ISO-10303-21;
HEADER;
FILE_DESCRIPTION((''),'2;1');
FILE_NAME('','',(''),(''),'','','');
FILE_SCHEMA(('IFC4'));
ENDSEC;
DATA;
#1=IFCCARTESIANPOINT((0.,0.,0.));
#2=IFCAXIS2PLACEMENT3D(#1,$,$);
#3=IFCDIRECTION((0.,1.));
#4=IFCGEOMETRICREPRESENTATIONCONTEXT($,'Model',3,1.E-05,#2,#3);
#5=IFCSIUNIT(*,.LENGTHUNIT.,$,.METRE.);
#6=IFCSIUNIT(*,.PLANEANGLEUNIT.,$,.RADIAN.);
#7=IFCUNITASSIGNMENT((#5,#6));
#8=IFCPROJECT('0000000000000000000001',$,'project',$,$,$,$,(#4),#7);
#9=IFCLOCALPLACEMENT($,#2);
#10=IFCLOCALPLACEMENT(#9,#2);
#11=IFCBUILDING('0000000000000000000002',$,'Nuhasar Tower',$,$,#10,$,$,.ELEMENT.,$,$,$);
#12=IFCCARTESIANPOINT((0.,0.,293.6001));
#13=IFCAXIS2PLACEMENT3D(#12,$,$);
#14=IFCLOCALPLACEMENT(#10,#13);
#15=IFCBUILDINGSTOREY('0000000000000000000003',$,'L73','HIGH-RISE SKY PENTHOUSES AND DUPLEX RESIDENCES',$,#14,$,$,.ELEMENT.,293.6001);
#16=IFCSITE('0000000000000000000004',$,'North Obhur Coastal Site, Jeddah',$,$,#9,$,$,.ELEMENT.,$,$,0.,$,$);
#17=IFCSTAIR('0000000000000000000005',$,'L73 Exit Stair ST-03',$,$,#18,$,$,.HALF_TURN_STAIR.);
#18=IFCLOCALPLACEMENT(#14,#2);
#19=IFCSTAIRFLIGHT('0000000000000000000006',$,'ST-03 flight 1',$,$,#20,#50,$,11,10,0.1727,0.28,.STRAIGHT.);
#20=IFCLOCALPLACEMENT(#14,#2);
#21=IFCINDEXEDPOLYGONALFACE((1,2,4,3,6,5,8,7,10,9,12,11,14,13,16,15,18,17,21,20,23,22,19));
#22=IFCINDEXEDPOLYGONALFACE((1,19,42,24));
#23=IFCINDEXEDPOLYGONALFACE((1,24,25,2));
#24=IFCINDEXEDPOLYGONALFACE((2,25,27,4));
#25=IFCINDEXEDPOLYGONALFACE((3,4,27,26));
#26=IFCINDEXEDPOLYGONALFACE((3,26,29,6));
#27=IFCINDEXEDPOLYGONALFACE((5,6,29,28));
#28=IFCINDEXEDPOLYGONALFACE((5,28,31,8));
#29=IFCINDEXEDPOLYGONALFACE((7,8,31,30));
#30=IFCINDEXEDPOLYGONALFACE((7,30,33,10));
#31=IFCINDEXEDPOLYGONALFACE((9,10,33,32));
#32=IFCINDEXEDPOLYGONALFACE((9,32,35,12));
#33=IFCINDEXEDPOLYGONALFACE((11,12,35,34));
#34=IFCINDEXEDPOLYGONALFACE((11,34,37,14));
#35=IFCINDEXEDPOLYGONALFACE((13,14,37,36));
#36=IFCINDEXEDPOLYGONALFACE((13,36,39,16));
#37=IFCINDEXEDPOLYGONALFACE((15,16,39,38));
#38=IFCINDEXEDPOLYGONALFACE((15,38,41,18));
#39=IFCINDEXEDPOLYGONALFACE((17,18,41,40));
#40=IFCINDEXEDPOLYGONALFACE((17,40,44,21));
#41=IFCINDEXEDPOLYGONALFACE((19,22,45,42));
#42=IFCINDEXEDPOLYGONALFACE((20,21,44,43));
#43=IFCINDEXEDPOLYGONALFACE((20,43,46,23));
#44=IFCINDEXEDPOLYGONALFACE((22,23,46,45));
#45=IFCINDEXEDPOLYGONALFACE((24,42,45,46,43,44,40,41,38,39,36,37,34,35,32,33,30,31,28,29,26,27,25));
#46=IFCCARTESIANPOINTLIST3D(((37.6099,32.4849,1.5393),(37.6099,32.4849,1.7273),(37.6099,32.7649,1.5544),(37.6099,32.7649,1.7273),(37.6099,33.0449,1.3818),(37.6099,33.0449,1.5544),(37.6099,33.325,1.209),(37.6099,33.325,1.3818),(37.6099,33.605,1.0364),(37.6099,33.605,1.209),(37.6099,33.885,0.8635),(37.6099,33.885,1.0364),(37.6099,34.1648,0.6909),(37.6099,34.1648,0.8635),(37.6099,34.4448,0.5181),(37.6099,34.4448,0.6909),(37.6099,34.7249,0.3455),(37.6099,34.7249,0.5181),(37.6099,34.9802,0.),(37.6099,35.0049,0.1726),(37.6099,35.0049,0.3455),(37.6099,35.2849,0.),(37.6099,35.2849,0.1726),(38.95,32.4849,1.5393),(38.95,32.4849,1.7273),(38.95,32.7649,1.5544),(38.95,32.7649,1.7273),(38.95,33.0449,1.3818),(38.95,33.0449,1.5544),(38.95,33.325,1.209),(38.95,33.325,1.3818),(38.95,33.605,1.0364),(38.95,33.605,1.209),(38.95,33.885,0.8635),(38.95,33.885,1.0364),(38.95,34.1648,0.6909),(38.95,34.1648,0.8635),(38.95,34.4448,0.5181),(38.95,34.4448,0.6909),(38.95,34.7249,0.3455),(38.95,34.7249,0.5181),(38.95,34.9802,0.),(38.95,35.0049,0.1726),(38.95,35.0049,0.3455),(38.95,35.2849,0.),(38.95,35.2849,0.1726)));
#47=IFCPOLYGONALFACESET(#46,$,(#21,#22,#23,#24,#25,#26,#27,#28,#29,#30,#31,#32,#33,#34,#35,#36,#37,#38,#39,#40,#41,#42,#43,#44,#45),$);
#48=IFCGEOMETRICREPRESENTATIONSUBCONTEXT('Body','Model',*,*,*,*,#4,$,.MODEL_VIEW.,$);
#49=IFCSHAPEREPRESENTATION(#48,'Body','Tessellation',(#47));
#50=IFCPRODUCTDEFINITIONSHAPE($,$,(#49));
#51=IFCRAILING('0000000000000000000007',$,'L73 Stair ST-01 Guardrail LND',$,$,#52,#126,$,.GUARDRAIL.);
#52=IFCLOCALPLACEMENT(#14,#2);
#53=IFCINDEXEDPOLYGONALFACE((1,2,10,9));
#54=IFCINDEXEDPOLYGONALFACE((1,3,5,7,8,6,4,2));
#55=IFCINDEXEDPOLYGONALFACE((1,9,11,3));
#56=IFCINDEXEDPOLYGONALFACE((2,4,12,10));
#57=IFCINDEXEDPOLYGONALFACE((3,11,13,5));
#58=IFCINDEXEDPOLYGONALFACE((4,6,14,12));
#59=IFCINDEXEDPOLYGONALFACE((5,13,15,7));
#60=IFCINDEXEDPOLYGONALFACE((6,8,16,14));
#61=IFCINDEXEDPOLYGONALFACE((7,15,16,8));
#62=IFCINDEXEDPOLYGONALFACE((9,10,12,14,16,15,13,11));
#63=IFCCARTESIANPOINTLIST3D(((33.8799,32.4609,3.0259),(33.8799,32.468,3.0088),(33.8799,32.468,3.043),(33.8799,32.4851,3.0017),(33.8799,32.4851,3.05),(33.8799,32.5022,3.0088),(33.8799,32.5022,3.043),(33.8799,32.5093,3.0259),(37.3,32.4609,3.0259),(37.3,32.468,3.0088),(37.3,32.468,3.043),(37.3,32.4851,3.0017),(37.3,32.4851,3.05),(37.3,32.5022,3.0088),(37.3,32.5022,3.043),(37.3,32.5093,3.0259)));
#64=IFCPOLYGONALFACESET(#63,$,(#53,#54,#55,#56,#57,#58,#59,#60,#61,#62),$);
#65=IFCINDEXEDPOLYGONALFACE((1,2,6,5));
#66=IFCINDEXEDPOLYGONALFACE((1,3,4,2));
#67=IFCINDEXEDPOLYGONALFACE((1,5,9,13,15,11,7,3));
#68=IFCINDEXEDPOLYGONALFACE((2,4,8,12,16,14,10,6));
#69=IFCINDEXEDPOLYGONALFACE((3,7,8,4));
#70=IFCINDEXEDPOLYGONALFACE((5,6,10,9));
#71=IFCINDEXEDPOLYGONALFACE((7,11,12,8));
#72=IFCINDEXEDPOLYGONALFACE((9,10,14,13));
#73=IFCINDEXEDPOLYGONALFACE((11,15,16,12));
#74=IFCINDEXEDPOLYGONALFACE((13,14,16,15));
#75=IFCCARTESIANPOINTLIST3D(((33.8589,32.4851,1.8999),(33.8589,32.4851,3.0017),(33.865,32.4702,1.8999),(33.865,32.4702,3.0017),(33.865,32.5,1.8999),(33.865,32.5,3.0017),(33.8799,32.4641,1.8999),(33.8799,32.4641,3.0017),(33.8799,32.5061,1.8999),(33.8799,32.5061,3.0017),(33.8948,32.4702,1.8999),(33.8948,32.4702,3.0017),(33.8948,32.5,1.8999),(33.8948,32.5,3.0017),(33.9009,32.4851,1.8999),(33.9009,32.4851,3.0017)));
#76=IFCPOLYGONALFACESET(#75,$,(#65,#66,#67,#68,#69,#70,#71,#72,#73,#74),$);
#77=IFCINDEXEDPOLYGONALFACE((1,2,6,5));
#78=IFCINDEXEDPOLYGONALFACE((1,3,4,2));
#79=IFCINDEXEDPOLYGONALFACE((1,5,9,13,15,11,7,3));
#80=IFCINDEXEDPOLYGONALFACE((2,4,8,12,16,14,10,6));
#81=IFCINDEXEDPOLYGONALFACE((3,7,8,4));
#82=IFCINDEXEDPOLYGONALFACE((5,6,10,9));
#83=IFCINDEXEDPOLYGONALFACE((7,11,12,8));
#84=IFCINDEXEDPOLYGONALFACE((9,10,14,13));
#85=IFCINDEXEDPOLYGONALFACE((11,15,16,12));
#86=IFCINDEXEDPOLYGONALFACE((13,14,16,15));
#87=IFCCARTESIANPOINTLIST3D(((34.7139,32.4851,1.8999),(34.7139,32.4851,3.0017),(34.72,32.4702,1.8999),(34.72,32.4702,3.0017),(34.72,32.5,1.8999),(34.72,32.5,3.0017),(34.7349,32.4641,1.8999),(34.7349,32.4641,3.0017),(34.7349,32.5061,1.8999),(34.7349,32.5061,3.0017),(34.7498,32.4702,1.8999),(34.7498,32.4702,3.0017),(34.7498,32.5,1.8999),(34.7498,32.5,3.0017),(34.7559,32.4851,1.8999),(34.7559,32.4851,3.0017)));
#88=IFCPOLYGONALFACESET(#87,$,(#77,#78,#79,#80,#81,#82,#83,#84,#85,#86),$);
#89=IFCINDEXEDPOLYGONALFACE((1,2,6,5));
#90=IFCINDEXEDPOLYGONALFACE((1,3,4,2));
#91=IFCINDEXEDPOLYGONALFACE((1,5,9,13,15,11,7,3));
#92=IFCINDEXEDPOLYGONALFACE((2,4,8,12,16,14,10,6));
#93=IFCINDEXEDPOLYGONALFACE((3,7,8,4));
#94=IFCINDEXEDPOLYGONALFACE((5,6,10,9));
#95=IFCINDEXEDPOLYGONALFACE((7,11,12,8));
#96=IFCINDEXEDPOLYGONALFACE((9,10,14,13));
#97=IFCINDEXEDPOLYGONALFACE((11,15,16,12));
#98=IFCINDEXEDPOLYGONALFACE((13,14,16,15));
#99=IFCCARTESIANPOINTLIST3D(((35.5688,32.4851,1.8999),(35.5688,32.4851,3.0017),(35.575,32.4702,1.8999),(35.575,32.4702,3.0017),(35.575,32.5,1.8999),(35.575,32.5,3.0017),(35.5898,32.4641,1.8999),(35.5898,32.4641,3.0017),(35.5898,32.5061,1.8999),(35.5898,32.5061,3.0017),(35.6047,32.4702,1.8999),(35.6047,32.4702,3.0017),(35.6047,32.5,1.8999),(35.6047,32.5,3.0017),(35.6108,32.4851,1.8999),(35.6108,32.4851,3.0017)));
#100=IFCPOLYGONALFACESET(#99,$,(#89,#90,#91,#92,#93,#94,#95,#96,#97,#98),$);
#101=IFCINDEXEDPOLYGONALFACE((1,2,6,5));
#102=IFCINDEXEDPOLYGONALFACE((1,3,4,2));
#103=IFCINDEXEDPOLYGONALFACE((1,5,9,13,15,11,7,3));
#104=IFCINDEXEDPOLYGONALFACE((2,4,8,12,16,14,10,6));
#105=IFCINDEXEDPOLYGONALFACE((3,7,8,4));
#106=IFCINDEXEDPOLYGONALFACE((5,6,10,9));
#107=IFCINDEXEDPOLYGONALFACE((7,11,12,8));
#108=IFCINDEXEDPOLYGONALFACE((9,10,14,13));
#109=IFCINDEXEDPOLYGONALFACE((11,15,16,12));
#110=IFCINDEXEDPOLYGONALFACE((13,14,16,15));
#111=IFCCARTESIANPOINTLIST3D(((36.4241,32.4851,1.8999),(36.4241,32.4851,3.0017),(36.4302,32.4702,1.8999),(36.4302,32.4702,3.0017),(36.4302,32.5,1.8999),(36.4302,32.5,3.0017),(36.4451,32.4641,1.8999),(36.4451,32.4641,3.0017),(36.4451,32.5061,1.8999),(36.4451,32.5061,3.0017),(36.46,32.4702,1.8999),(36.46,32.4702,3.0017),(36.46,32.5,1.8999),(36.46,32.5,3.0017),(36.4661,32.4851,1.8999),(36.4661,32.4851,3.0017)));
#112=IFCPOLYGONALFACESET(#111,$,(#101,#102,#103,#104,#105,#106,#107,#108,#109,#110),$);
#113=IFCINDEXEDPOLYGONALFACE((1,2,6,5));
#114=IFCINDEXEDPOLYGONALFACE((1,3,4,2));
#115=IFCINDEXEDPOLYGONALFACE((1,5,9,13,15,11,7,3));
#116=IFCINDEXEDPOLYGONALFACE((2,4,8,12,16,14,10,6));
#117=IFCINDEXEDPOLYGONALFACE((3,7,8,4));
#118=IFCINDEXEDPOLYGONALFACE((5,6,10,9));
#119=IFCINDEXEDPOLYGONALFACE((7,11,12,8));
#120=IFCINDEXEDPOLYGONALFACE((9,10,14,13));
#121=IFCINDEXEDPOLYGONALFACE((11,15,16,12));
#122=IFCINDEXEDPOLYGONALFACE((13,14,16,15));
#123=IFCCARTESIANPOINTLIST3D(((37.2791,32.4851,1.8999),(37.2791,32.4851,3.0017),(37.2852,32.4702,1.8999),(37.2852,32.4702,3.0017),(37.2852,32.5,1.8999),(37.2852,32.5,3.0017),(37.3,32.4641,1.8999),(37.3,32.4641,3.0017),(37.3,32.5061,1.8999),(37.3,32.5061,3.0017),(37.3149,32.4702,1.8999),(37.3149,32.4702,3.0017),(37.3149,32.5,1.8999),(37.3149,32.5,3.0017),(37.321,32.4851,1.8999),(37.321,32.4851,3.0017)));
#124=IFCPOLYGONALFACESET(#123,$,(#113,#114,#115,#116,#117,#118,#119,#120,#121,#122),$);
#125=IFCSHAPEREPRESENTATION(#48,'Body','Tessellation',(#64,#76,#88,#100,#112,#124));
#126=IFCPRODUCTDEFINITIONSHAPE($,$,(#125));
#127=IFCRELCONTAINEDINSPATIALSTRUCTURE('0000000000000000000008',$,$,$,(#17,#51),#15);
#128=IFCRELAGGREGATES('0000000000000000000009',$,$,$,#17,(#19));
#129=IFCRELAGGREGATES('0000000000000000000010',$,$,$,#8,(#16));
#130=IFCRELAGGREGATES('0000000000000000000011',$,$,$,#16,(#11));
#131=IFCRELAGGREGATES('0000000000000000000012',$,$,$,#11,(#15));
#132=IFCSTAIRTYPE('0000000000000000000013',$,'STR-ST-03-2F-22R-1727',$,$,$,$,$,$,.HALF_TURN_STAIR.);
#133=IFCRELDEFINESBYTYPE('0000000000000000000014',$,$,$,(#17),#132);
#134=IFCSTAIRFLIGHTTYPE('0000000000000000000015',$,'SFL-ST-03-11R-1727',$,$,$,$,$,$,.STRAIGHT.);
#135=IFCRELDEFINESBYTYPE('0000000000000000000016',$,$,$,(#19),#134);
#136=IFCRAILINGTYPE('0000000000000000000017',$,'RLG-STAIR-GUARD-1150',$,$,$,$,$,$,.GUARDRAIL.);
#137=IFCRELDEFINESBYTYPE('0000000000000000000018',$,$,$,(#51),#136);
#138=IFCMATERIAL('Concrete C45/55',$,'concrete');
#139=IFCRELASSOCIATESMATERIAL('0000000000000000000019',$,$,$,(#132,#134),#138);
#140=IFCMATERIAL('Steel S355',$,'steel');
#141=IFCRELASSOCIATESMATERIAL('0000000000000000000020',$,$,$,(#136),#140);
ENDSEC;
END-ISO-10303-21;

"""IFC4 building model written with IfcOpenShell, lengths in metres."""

from ifc_helpers import new_model, si_unit, direction, frame, origin, place, context, subcontext, project, spatial, polyline, outline, extrude, material, type_object, element, aggregate, save


model = new_model("IFC4")

# Units and contexts
model_context = context("Model", 3, precision=1e-05, world=origin(), true_north=direction((0.0, 1.0)))
body_context = subcontext(model_context, "Body", "Model", "MODEL_VIEW")
ifc_project = project(units=[si_unit("LENGTHUNIT", "METRE"), si_unit("PLANEANGLEUNIT", "RADIAN")], contexts=[model_context])

# Site, building, storey
site_placement = place(None, origin())
site = spatial("IfcSite", under=ifc_project, at=site_placement, Name="North Obhur Coastal Site, Jeddah", CompositionType="ELEMENT", RefElevation=0.0)
building_placement = place(site_placement, origin())
building = spatial("IfcBuilding", under=site, at=building_placement, Name="Nuhasar Tower", CompositionType="ELEMENT")
storey_placement = place(building_placement, frame((0.0, 0.0, 293.6001)))
storey = spatial("IfcBuildingStorey", under=building, at=storey_placement, Name="L73", Description="HIGH-RISE SKY PENTHOUSES AND DUPLEX RESIDENCES", CompositionType="ELEMENT", Elevation=293.6001)

# Shared definitions
ifc_material_1 = material(Name="Steel S355", Category="steel")

# Shared definitions
ifc_material_2 = material(Name="Concrete C45/55", Category="concrete")

# Stair, stair flight
stair_type_1 = type_object("IfcStairType", Name="STR-ST-03-2F-22R-1727", PredefinedType="HALF_TURN_STAIR", material=ifc_material_2)
stair_1_placement = place(storey_placement, origin())
stair_1 = element("IfcStair", 1, at=stair_1_placement, inside=storey, type_object=stair_type_1, Name="L73 Exit Stair ST-03", PredefinedType="HALF_TURN_STAIR")
stair_flight_type_1 = type_object("IfcStairFlightType", Name="SFL-ST-03-11R-1727", PredefinedType="STRAIGHT", material=ifc_material_2)
stair_flight_1_placement = place(storey_placement, frame((38.28, 35.2849, 0.0), z_axis=(0.0, 0.0, 1.0), x_axis=(0.0, -1.0, 0.0)))
stair_flight_1 = element("IfcStairFlight", 2, at=stair_flight_1_placement, type_object=stair_flight_type_1, Name="ST-03 flight 1", NumberOfRisers=11, NumberOfTreads=10, PredefinedType="STRAIGHT", RiserHeight=0.1727, TreadLength=0.28, context=body_context, shape_type="SweptSolid", body=[
    extrude(outline(polyline([(0.0, 0.0), (0.0, 0.1726), (0.28, 0.1726), (0.28, 0.3455), (0.5601, 0.3455), (0.5601, 0.5181), (0.8401, 0.5181), (0.8401, 0.6909), (1.1201, 0.6909), (1.1201, 0.8635), (1.3999, 0.8635), (1.3999, 1.0364), (1.6799, 1.0364), (1.6799, 1.209), (1.96, 1.209), (1.96, 1.3818), (2.24, 1.3818), (2.24, 1.5544), (2.52, 1.5544), (2.52, 1.7273), (2.8, 1.7273), (2.8, 1.8999), (2.8, 1.5393), (0.3047, 0.0), (0.0, 0.0)])), frame((0.0, 0.6699, 0.0), z_axis=(0.0, -1.0, 0.0), x_axis=(1.0, 0.0, 0.0)), (0.0, 0.0, 1.0), 1.3401),
])
aggregate(stair_1, [stair_flight_1])

# Railing
railing_type_1 = type_object("IfcRailingType", Name="RLG-STAIR-GUARD-1150", PredefinedType="GUARDRAIL", material=ifc_material_1)
railing_1_placement = place(storey_placement, frame((33.8799, 32.4851, 1.8999)))
element("IfcRailing", 3, at=railing_1_placement, inside=storey, type_object=railing_type_1, Name="L73 Stair ST-01 Guardrail LND", PredefinedType="GUARDRAIL", context=body_context, shape_type="SweptSolid", body=[
    extrude(outline(polyline([(0.0242, 0.0), (0.0171, 0.0171), (0.0, 0.0242), (-0.0171, 0.0171), (-0.0242, 0.0), (-0.0171, -0.0171), (0.0, -0.0242), (0.0171, -0.0171), (0.0242, 0.0)])), frame((0.0, 0.0, 1.126), z_axis=(1.0, 0.0, 0.0), x_axis=(0.0, 1.0, 0.0)), (0.0, 0.0, 1.0), 3.4202),
    extrude(outline(polyline([(0.021, 0.0), (0.0149, 0.0149), (0.0, 0.021), (-0.0149, 0.0149), (-0.021, 0.0), (-0.0149, -0.0149), (0.0, -0.021), (0.0149, -0.0149), (0.021, 0.0)])), origin(), (0.0, 0.0, 1.0), 1.1018),
    extrude(outline(polyline([(0.021, 0.0), (0.0149, 0.0149), (0.0, 0.021), (-0.0149, 0.0149), (-0.021, 0.0), (-0.0149, -0.0149), (0.0, -0.021), (0.0149, -0.0149), (0.021, 0.0)])), frame((0.855, 0.0, 0.0)), (0.0, 0.0, 1.0), 1.1018),
    extrude(outline(polyline([(0.021, 0.0), (0.0149, 0.0149), (0.0, 0.021), (-0.0149, 0.0149), (-0.021, 0.0), (-0.0149, -0.0149), (0.0, -0.021), (0.0149, -0.0149), (0.021, 0.0)])), frame((1.71, 0.0, 0.0)), (0.0, 0.0, 1.0), 1.1018),
    extrude(outline(polyline([(0.021, 0.0), (0.0149, 0.0149), (0.0, 0.021), (-0.0149, 0.0149), (-0.021, 0.0), (-0.0149, -0.0149), (0.0, -0.021), (0.0149, -0.0149), (0.021, 0.0)])), frame((2.5652, 0.0, 0.0)), (0.0, 0.0, 1.0), 1.1018),
    extrude(outline(polyline([(0.021, 0.0), (0.0149, 0.0149), (0.0, 0.021), (-0.0149, 0.0149), (-0.021, 0.0), (-0.0149, -0.0149), (0.0, -0.021), (0.0149, -0.0149), (0.021, 0.0)])), frame((3.4202, 0.0, 0.0)), (0.0, 0.0, 1.0), 1.1018),
])

save(model, "model.ifc")
